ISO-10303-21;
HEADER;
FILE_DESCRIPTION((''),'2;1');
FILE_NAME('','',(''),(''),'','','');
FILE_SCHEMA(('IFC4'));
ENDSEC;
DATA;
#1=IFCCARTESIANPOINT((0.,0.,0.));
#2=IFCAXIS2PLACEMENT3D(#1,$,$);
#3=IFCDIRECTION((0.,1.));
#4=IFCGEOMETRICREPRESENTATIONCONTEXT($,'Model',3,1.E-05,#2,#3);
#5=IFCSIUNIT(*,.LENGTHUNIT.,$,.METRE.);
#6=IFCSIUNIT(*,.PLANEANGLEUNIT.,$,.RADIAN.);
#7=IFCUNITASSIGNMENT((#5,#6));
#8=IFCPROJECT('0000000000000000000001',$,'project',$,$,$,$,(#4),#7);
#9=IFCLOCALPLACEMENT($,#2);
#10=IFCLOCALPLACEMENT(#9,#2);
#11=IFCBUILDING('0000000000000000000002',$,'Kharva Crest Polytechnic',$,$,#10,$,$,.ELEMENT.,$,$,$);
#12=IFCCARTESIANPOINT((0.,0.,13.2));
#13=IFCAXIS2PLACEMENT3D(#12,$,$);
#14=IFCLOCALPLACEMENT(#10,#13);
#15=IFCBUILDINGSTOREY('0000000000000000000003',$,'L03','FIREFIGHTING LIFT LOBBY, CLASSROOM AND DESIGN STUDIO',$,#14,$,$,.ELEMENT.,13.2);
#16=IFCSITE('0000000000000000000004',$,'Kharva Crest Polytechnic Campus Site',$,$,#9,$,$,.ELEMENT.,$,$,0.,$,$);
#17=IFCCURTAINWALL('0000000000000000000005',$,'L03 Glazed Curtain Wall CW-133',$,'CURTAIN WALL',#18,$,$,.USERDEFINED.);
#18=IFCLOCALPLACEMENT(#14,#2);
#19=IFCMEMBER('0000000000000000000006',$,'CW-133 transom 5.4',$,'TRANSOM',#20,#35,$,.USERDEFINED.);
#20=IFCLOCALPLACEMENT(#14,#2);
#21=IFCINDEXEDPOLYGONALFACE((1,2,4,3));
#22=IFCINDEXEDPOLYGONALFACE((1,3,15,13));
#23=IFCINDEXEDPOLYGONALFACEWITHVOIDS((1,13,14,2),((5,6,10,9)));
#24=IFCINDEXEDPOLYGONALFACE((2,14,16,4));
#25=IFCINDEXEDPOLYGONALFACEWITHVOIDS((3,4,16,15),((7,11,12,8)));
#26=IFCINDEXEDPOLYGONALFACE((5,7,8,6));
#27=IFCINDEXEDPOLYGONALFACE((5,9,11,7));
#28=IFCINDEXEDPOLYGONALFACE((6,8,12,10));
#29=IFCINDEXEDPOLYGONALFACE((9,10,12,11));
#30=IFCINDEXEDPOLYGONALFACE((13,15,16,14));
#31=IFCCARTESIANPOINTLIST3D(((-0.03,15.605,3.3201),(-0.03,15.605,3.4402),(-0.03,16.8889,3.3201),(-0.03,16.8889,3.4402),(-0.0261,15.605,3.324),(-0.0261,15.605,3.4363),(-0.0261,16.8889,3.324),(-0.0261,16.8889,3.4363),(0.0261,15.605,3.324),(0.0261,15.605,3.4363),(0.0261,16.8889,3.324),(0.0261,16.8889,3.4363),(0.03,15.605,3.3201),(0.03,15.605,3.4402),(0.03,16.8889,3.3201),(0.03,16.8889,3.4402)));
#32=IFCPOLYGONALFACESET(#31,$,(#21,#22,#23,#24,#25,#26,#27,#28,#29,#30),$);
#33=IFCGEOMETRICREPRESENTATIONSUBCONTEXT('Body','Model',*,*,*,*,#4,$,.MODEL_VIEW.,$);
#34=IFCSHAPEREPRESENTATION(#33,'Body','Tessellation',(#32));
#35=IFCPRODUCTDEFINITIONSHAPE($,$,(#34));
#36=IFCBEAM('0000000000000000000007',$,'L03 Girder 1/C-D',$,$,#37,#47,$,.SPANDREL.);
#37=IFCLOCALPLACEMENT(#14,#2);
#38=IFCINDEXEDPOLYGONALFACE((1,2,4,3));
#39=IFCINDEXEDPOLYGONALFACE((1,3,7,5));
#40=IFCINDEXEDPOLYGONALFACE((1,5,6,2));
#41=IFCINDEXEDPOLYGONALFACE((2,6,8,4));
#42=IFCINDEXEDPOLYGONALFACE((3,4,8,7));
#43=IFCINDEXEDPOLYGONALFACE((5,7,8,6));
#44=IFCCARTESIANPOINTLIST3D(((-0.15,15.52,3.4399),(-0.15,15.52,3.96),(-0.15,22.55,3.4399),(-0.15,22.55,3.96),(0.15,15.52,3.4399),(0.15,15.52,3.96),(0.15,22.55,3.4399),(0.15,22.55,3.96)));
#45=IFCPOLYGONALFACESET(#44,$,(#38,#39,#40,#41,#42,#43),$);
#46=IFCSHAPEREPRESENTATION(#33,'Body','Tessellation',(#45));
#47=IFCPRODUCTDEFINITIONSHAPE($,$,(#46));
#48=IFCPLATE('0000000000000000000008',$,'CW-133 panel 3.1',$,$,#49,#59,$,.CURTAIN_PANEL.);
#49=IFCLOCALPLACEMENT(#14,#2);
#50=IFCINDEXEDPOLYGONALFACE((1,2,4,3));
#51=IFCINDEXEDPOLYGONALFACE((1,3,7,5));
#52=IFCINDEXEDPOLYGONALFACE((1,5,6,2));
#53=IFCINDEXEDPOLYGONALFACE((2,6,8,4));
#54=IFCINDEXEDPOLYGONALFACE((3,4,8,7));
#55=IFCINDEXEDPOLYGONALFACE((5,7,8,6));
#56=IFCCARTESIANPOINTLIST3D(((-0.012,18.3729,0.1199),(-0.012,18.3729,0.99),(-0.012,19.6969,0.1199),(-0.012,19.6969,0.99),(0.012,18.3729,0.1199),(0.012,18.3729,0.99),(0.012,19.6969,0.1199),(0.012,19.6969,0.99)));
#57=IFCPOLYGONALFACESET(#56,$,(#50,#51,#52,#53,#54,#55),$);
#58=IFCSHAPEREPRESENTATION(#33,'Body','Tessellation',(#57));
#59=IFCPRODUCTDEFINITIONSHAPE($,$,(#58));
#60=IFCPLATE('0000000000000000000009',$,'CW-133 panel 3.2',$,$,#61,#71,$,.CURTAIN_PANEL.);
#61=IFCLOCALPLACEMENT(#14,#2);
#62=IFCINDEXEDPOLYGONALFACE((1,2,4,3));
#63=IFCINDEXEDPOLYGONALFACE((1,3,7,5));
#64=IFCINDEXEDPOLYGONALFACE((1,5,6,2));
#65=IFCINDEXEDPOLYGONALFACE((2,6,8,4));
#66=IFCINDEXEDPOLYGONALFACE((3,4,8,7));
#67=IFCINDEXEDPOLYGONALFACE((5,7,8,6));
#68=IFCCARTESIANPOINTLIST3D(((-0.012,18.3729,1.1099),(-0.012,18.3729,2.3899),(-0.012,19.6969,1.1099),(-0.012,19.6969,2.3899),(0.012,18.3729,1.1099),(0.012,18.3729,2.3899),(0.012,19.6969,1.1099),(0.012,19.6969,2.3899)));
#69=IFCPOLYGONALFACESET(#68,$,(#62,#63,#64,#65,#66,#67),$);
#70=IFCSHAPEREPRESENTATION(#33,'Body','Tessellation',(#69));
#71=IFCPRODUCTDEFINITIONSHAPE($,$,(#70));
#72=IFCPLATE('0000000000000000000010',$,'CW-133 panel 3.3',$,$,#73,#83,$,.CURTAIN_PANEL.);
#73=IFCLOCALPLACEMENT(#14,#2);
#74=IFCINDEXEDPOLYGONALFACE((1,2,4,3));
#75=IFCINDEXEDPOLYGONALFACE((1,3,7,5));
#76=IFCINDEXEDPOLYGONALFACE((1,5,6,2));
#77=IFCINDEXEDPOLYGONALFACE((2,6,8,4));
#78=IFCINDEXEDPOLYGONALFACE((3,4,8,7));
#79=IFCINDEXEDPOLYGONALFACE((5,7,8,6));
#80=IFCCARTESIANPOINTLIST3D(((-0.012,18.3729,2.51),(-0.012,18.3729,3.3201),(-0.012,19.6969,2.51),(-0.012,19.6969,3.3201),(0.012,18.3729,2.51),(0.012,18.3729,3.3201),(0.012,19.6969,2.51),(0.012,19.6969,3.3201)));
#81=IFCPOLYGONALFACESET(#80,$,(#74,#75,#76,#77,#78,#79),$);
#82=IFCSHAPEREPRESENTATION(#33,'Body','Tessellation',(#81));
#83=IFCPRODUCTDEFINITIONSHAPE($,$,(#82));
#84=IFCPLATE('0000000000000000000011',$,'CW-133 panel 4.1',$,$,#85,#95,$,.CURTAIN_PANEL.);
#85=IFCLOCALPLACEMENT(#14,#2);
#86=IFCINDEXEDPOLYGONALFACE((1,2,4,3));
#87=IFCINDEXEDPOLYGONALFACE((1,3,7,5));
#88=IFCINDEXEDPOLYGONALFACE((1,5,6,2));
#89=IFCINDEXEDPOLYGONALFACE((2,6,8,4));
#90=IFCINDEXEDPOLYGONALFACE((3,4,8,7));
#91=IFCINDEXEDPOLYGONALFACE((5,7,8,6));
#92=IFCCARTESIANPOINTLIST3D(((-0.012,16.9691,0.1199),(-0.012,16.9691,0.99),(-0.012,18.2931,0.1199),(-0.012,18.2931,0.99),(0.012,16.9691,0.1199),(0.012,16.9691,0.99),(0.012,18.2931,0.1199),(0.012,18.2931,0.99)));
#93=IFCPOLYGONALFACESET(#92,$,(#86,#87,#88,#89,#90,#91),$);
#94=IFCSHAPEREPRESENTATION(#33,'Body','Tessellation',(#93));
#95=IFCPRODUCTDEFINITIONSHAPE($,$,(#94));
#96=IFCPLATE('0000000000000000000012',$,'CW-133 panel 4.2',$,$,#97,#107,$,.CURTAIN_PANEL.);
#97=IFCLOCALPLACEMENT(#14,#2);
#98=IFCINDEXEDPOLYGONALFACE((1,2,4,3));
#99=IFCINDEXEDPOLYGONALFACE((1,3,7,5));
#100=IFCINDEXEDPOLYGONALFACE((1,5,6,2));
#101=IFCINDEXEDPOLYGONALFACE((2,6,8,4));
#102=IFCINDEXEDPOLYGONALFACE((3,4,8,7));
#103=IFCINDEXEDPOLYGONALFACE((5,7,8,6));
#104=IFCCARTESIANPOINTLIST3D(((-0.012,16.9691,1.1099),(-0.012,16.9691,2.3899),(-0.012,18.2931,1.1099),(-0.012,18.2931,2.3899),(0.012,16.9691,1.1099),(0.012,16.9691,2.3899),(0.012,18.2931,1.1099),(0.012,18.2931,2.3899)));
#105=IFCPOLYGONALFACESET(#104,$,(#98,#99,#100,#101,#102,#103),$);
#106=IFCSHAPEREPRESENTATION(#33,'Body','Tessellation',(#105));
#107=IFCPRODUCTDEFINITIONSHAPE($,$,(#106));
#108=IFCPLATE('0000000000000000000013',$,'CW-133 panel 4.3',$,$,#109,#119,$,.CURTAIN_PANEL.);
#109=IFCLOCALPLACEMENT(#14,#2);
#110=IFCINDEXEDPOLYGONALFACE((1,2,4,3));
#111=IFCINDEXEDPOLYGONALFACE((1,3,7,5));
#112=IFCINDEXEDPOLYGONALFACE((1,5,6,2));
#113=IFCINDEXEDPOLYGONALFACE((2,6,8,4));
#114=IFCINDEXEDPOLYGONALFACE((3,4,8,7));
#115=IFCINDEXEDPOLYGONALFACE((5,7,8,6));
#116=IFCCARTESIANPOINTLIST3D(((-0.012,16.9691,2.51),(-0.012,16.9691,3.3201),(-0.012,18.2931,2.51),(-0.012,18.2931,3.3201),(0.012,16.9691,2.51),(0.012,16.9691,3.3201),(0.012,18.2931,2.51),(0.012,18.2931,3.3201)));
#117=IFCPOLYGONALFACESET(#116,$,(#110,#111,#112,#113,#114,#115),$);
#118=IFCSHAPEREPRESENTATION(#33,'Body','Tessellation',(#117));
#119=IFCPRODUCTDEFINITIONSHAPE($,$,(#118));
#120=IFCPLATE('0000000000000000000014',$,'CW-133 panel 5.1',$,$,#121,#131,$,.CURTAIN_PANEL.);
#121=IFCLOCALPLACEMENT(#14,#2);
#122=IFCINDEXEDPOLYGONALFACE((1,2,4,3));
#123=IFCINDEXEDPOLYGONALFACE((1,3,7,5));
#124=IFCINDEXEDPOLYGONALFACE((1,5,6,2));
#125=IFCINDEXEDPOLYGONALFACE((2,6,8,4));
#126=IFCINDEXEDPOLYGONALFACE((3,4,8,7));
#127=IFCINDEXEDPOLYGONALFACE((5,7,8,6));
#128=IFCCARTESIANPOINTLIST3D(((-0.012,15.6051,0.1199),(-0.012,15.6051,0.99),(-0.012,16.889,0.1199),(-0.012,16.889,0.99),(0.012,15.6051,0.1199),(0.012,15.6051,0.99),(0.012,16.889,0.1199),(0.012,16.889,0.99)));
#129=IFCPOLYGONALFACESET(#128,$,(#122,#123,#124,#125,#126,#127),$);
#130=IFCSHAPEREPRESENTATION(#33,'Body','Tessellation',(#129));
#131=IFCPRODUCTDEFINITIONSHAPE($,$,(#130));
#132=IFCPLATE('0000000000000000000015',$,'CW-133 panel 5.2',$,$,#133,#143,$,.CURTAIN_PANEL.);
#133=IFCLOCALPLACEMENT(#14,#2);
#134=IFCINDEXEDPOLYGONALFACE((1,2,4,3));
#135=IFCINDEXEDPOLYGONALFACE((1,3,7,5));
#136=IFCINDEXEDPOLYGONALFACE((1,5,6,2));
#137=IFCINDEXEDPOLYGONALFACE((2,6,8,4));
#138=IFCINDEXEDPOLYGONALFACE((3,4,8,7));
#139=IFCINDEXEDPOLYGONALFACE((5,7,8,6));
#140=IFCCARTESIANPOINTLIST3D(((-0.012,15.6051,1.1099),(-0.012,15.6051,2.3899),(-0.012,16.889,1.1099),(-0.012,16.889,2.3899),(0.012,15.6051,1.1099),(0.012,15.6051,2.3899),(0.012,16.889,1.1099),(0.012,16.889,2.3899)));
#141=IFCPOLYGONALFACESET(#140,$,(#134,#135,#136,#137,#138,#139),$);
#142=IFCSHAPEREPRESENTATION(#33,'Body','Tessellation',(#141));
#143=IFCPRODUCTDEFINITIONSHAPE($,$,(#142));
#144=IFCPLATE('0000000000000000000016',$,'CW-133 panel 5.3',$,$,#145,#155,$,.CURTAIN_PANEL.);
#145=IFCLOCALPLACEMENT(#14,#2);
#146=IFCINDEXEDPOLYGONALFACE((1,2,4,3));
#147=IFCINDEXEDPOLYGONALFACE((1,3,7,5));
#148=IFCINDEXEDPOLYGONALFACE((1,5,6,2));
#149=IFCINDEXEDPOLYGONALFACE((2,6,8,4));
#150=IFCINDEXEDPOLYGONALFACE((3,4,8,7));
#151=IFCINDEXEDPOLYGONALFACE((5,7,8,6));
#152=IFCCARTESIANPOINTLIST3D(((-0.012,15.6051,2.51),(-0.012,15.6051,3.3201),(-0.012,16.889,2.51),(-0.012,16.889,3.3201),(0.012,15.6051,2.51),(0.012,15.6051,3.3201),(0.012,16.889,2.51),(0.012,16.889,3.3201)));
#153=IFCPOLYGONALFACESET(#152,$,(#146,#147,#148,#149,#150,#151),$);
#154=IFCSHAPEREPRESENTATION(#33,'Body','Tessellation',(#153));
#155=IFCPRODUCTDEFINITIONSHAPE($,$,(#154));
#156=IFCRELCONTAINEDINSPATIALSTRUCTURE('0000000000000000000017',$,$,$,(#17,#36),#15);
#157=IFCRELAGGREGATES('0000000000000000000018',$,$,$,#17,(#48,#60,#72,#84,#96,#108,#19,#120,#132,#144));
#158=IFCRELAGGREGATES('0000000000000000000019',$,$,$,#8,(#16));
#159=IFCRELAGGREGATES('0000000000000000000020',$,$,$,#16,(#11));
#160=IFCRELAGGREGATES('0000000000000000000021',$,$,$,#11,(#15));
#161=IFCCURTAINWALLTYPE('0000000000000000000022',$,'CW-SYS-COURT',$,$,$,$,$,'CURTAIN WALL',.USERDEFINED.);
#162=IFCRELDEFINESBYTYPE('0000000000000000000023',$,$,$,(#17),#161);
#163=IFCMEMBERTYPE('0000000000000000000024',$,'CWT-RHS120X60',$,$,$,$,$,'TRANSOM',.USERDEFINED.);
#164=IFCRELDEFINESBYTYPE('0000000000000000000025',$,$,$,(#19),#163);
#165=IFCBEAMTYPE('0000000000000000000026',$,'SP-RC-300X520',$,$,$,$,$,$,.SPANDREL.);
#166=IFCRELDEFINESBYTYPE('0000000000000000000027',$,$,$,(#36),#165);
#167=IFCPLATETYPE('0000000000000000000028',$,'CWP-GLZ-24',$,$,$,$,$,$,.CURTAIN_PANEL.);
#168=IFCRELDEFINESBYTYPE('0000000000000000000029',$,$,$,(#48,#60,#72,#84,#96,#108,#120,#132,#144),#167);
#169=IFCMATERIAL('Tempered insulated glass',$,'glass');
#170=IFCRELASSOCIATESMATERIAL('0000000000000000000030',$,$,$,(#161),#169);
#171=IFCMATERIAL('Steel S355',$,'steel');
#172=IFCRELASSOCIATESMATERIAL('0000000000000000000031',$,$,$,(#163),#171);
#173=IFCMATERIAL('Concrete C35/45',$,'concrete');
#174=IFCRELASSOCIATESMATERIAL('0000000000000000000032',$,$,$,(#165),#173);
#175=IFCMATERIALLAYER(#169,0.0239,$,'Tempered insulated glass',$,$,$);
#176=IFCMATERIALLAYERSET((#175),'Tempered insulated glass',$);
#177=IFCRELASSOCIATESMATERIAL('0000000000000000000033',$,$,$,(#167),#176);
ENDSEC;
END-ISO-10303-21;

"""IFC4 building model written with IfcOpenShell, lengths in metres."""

from ifc_helpers import new_model, si_unit, direction, frame, origin, origin_2d, place, context, subcontext, project, spatial, rectangle, hollow_rectangle, extrude, material, layer, layer_set, material_profile, profile_set, type_object, element, aggregate, save


model = new_model("IFC4")

# Units and contexts
model_context = context("Model", 3, precision=1e-05, world=origin(), true_north=direction((0.0, 1.0)))
body_context = subcontext(model_context, "Body", "Model", "MODEL_VIEW")
ifc_project = project(units=[si_unit("LENGTHUNIT", "METRE"), si_unit("PLANEANGLEUNIT", "RADIAN")], contexts=[model_context])

# Site, building, storey
site_placement = place(None, origin())
site = spatial("IfcSite", under=ifc_project, at=site_placement, Name="Kharva Crest Polytechnic Campus Site", CompositionType="ELEMENT", RefElevation=0.0)
building_placement = place(site_placement, origin())
building = spatial("IfcBuilding", under=site, at=building_placement, Name="Kharva Crest Polytechnic", CompositionType="ELEMENT")
storey_placement = place(building_placement, frame((0.0, 0.0, 13.2)))
storey = spatial("IfcBuildingStorey", under=building, at=storey_placement, Name="L03", Description="FIREFIGHTING LIFT LOBBY, CLASSROOM AND DESIGN STUDIO", CompositionType="ELEMENT", Elevation=13.2)

# Curtain wall, member
ifc_material_1 = material(Name="Tempered insulated glass", Category="glass")
curtain_wall_type = type_object("IfcCurtainWallType", Name="CW-SYS-COURT", ElementType="CURTAIN WALL", PredefinedType="USERDEFINED", material=ifc_material_1)
curtain_wall_placement = place(storey_placement, origin())
curtain_wall = element("IfcCurtainWall", 1, at=curtain_wall_placement, inside=storey, type_object=curtain_wall_type, Name="L03 Glazed Curtain Wall CW-133", ObjectType="CURTAIN WALL", PredefinedType="USERDEFINED")
ifc_material_2 = material(Name="Steel S355", Category="steel")
ifc_material_profile_1 = material_profile(ifc_material_2, hollow_rectangle(XDim=0.0601, YDim=0.1201, WallThickness=0.0039, at=origin_2d()), Name="RHS 120X60X4.0")
ifc_profile_set_1 = profile_set([ifc_material_profile_1], Name="Steel S355")
member_type_1 = type_object("IfcMemberType", Name="CWT-RHS120X60", ElementType="TRANSOM", PredefinedType="USERDEFINED", material=ifc_profile_set_1)
member_1_placement = place(storey_placement, frame((0.0, 16.8889, 3.3801), z_axis=(0.0, -1.0, 0.0), x_axis=(1.0, 0.0, 0.0)))
member_1 = element("IfcMember", 2, at=member_1_placement, type_object=member_type_1, Name="CW-133 transom 5.4", ObjectType="TRANSOM", PredefinedType="USERDEFINED", context=body_context, shape_type="SweptSolid", body=[
    extrude(hollow_rectangle(XDim=0.0601, YDim=0.1201, WallThickness=0.0039, at=origin_2d()), origin(), (0.0, 0.0, 1.0), 1.2839),
])

# Beam
ifc_material_3 = material(Name="Concrete C35/45", Category="concrete")
ifc_material_profile_2 = material_profile(ifc_material_3, rectangle(XDim=0.3, YDim=0.52, at=origin_2d()), Name="RECT 300 X 520")
ifc_profile_set_2 = profile_set([ifc_material_profile_2], Name="Concrete C35/45")
beam_type = type_object("IfcBeamType", Name="SP-RC-300X520", PredefinedType="SPANDREL", material=ifc_profile_set_2)
beam_placement = place(storey_placement, frame((0.0, 15.52, 3.7), z_axis=(0.0, 1.0, 0.0), x_axis=(-1.0, 0.0, 0.0)))
element("IfcBeam", 3, at=beam_placement, inside=storey, type_object=beam_type, Name="L03 Girder 1/C-D", PredefinedType="SPANDREL", context=body_context, shape_type="SweptSolid", body=[
    extrude(rectangle(XDim=0.3, YDim=0.52, at=origin_2d()), origin(), (0.0, 0.0, 1.0), 7.03),
])

# Plates
ifc_layer = layer(ifc_material_1, 0.0239, Name="Tempered insulated glass")
ifc_layer_set = layer_set([ifc_layer], Name="Tempered insulated glass")
plate_type = type_object("IfcPlateType", Name="CWP-GLZ-24", PredefinedType="CURTAIN_PANEL", material=ifc_layer_set)
plate_1_placement = place(storey_placement, frame((0.0, 19.0349, 0.1199), z_axis=(0.0, 0.0, 1.0), x_axis=(0.0, -1.0, 0.0)))
plate_1 = element("IfcPlate", 4, at=plate_1_placement, type_object=plate_type, Name="CW-133 panel 3.1", PredefinedType="CURTAIN_PANEL", context=body_context, shape_type="SweptSolid", body=[
    extrude(rectangle(XDim=1.324, YDim=0.0239, at=origin_2d()), origin(), (0.0, 0.0, 1.0), 0.8701),
])
plate_2_placement = place(storey_placement, frame((0.0, 19.0349, 1.1099), z_axis=(0.0, 0.0, 1.0), x_axis=(0.0, -1.0, 0.0)))
plate_2 = element("IfcPlate", 5, at=plate_2_placement, type_object=plate_type, Name="CW-133 panel 3.2", PredefinedType="CURTAIN_PANEL", context=body_context, shape_type="SweptSolid", body=[
    extrude(rectangle(XDim=1.324, YDim=0.0239, at=origin_2d()), origin(), (0.0, 0.0, 1.0), 1.28),
])
plate_3_placement = place(storey_placement, frame((0.0, 19.0349, 2.51), z_axis=(0.0, 0.0, 1.0), x_axis=(0.0, -1.0, 0.0)))
plate_3 = element("IfcPlate", 6, at=plate_3_placement, type_object=plate_type, Name="CW-133 panel 3.3", PredefinedType="CURTAIN_PANEL", context=body_context, shape_type="SweptSolid", body=[
    extrude(rectangle(XDim=1.324, YDim=0.0239, at=origin_2d()), origin(), (0.0, 0.0, 1.0), 0.8101),
])
plate_4_placement = place(storey_placement, frame((0.0, 17.6311, 0.1199), z_axis=(0.0, 0.0, 1.0), x_axis=(0.0, -1.0, 0.0)))
plate_4 = element("IfcPlate", 7, at=plate_4_placement, type_object=plate_type, Name="CW-133 panel 4.1", PredefinedType="CURTAIN_PANEL", context=body_context, shape_type="SweptSolid", body=[
    extrude(rectangle(XDim=1.324, YDim=0.0239, at=origin_2d()), origin(), (0.0, 0.0, 1.0), 0.8701),
])
plate_5_placement = place(storey_placement, frame((0.0, 17.6311, 1.1099), z_axis=(0.0, 0.0, 1.0), x_axis=(0.0, -1.0, 0.0)))
plate_5 = element("IfcPlate", 8, at=plate_5_placement, type_object=plate_type, Name="CW-133 panel 4.2", PredefinedType="CURTAIN_PANEL", context=body_context, shape_type="SweptSolid", body=[
    extrude(rectangle(XDim=1.324, YDim=0.0239, at=origin_2d()), origin(), (0.0, 0.0, 1.0), 1.28),
])
plate_6_placement = place(storey_placement, frame((0.0, 17.6311, 2.51), z_axis=(0.0, 0.0, 1.0), x_axis=(0.0, -1.0, 0.0)))
plate_6 = element("IfcPlate", 9, at=plate_6_placement, type_object=plate_type, Name="CW-133 panel 4.3", PredefinedType="CURTAIN_PANEL", context=body_context, shape_type="SweptSolid", body=[
    extrude(rectangle(XDim=1.324, YDim=0.0239, at=origin_2d()), origin(), (0.0, 0.0, 1.0), 0.8101),
])
plate_7_placement = place(storey_placement, frame((0.0, 16.2471, 0.1199), z_axis=(0.0, 0.0, 1.0), x_axis=(0.0, -1.0, 0.0)))
plate_7 = element("IfcPlate", 10, at=plate_7_placement, type_object=plate_type, Name="CW-133 panel 5.1", PredefinedType="CURTAIN_PANEL", context=body_context, shape_type="SweptSolid", body=[
    extrude(rectangle(XDim=1.2839, YDim=0.0239, at=origin_2d()), origin(), (0.0, 0.0, 1.0), 0.8701),
])
plate_8_placement = place(storey_placement, frame((0.0, 16.2471, 1.1099), z_axis=(0.0, 0.0, 1.0), x_axis=(0.0, -1.0, 0.0)))
plate_8 = element("IfcPlate", 11, at=plate_8_placement, type_object=plate_type, Name="CW-133 panel 5.2", PredefinedType="CURTAIN_PANEL", context=body_context, shape_type="SweptSolid", body=[
    extrude(rectangle(XDim=1.2839, YDim=0.0239, at=origin_2d()), origin(), (0.0, 0.0, 1.0), 1.28),
])
plate_9_placement = place(storey_placement, frame((0.0, 16.2471, 2.51), z_axis=(0.0, 0.0, 1.0), x_axis=(0.0, -1.0, 0.0)))
plate_9 = element("IfcPlate", 12, at=plate_9_placement, type_object=plate_type, Name="CW-133 panel 5.3", PredefinedType="CURTAIN_PANEL", context=body_context, shape_type="SweptSolid", body=[
    extrude(rectangle(XDim=1.2839, YDim=0.0239, at=origin_2d()), origin(), (0.0, 0.0, 1.0), 0.8101),
])
aggregate(curtain_wall, [plate_1, plate_2, plate_3, plate_4, plate_5, plate_6, member_1, plate_7, plate_8, plate_9])

save(model, "model.ifc")
